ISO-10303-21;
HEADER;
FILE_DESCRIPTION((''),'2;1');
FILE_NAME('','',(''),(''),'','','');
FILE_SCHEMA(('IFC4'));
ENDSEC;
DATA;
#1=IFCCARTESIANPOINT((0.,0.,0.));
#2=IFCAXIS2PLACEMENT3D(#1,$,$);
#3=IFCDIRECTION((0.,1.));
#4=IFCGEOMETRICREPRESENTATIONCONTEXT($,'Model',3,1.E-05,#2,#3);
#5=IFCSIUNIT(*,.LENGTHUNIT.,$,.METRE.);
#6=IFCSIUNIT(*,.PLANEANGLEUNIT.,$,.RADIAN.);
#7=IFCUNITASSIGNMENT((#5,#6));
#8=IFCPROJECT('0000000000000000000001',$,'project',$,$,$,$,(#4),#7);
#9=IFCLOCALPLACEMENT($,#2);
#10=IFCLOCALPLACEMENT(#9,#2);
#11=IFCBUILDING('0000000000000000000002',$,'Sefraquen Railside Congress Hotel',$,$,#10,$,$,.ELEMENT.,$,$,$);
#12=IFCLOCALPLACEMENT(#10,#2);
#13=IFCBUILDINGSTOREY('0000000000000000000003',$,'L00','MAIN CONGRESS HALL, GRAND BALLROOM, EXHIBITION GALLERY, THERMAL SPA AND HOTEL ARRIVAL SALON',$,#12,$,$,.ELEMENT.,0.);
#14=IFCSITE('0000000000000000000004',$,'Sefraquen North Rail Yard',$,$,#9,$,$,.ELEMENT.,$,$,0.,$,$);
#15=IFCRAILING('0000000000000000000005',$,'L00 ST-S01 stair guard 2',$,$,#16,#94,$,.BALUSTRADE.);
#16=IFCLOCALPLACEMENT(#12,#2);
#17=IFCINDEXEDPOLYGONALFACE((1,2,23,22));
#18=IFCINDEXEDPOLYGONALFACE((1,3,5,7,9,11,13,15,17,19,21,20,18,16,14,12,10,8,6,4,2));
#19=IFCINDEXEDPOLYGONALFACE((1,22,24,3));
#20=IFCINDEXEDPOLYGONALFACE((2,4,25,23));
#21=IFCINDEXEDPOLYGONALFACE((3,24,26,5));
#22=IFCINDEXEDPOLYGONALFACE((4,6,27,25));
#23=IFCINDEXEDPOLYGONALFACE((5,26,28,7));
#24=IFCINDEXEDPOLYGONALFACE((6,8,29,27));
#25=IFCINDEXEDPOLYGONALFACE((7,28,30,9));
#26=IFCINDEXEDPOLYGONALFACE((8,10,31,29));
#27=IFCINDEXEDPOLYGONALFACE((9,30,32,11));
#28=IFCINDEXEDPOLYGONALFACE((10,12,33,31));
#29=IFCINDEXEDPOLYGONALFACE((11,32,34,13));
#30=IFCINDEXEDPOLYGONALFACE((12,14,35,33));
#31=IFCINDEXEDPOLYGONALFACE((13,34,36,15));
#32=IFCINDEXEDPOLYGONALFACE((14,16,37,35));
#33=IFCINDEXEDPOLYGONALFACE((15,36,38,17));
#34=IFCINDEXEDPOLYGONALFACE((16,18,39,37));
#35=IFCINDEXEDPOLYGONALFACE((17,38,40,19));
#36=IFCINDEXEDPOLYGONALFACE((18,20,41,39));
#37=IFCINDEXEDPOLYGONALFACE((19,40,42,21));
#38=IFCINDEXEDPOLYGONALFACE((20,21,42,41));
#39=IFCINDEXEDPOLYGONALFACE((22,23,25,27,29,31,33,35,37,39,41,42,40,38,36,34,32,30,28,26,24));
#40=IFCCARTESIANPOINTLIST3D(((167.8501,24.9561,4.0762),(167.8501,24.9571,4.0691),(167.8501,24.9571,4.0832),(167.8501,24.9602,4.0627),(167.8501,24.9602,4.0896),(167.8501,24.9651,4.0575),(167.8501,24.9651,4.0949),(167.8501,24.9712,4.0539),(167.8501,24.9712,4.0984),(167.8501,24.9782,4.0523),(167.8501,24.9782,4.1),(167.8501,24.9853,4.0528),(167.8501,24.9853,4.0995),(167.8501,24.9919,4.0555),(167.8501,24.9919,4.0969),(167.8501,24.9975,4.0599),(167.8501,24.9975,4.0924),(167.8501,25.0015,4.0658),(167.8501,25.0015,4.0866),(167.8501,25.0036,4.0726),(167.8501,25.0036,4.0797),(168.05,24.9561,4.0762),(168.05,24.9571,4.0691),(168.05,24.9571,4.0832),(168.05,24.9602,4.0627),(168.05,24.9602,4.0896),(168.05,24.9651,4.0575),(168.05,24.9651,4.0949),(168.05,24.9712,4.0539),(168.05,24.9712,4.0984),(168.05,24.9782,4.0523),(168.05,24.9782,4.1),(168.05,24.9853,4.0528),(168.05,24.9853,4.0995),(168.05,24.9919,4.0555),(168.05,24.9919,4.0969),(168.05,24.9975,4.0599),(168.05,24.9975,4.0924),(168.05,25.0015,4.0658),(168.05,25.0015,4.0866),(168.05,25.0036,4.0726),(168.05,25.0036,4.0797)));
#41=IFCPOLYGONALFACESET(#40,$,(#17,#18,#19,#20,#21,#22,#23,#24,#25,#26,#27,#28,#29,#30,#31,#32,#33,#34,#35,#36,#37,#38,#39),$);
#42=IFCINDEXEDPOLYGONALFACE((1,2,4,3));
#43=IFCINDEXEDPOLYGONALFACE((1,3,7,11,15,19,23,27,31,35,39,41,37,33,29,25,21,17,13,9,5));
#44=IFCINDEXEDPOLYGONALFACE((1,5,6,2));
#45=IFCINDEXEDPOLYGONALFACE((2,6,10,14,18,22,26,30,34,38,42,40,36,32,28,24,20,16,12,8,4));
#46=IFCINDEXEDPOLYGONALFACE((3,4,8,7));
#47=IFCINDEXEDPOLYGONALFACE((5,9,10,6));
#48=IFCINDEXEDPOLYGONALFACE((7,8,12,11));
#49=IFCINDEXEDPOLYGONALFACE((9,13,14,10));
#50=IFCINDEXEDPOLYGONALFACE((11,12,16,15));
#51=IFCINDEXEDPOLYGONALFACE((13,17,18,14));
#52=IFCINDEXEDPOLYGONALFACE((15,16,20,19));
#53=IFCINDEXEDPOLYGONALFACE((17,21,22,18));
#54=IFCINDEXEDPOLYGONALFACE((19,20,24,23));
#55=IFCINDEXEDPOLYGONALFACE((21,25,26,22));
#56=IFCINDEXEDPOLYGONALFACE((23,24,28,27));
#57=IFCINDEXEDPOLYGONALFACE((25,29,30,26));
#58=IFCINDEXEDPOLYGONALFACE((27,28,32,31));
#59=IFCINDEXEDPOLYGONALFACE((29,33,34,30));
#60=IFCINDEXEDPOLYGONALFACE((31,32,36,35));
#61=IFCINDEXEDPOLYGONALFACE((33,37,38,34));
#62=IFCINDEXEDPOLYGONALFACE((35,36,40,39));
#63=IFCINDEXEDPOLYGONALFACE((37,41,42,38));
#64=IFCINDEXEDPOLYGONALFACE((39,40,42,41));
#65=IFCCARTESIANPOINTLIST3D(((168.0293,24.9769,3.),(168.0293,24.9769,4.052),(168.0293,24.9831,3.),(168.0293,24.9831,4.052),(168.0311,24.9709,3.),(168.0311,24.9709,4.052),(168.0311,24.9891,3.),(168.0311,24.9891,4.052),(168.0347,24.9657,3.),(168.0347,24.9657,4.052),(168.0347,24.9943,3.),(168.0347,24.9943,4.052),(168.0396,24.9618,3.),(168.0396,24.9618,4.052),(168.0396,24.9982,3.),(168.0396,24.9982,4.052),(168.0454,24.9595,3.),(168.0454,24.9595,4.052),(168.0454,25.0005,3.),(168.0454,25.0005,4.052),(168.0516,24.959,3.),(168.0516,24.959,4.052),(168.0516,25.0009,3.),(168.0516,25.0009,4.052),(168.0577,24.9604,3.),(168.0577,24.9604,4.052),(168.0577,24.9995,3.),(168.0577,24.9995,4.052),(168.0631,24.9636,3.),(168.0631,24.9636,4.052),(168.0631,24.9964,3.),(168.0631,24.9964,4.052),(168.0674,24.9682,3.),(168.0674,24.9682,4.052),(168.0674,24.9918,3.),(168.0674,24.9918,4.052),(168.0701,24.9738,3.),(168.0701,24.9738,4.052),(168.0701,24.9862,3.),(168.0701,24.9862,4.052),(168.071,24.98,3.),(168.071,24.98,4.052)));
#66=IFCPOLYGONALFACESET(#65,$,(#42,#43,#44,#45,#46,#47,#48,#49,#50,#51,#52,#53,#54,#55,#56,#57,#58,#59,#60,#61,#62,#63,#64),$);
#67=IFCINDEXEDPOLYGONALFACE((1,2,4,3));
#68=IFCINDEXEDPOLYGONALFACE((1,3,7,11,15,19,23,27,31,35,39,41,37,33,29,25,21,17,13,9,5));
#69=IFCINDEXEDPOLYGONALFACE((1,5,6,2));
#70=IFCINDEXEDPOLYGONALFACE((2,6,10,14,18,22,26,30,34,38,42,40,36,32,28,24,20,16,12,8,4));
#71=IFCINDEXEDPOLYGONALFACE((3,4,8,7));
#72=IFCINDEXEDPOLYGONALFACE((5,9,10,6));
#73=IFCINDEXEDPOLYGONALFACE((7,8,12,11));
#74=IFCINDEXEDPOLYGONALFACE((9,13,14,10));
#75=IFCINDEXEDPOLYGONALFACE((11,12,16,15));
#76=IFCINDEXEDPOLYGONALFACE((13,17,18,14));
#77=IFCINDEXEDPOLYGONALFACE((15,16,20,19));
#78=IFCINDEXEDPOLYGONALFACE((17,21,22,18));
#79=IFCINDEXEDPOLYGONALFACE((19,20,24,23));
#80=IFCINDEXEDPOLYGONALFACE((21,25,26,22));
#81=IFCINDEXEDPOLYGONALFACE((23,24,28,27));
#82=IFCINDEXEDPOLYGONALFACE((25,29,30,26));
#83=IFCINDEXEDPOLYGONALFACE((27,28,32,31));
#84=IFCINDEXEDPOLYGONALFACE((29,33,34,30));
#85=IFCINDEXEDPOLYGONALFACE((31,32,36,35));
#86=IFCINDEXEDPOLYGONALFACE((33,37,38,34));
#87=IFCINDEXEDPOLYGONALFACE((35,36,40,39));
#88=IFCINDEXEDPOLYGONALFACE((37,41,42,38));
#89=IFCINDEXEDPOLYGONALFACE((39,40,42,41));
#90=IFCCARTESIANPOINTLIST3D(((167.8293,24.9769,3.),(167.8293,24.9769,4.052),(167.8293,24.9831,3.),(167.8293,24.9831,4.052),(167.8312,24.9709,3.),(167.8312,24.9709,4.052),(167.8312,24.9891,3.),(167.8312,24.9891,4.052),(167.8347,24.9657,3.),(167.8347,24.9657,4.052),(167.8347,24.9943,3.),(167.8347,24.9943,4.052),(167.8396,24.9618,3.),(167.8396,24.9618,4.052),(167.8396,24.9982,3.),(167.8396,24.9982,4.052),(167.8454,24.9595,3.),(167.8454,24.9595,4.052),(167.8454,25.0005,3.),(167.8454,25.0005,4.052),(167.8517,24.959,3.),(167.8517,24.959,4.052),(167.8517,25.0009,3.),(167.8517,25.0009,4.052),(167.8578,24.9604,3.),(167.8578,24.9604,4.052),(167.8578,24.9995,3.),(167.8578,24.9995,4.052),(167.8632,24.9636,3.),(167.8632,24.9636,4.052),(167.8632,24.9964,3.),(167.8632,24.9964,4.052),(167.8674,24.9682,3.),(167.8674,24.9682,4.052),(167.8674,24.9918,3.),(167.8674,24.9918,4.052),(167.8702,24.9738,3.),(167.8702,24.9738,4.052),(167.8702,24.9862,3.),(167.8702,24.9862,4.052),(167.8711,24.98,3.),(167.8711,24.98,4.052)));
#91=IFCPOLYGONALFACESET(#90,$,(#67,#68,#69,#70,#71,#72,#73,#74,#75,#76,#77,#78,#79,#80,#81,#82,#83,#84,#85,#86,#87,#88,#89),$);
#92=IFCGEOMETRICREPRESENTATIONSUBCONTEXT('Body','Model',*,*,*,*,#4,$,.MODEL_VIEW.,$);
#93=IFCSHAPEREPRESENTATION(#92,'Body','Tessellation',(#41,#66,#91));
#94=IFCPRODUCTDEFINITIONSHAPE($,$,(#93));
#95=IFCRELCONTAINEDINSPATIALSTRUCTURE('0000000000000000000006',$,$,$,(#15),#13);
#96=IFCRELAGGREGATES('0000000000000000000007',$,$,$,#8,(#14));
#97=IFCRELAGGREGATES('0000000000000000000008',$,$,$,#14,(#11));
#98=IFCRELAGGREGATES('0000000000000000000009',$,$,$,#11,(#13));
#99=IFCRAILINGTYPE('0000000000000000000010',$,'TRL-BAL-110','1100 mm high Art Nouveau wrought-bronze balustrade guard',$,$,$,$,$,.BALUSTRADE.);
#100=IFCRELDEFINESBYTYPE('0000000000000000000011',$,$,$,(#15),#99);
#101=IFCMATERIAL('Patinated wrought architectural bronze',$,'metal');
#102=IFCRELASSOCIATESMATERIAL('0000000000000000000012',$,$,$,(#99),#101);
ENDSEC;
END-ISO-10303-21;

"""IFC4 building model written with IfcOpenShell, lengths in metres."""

from ifc_helpers import new_model, si_unit, direction, frame, origin, origin_2d, place, context, subcontext, project, spatial, circle, extrude, material, type_object, element, save


model = new_model("IFC4")

# Units and contexts
model_context = context("Model", 3, precision=1e-05, world=origin(), true_north=direction((0.0, 1.0)))
body_context = subcontext(model_context, "Body", "Model", "MODEL_VIEW")
ifc_project = project(units=[si_unit("LENGTHUNIT", "METRE"), si_unit("PLANEANGLEUNIT", "RADIAN")], contexts=[model_context])

# Site, building, storey
site_placement = place(None, origin())
site = spatial("IfcSite", under=ifc_project, at=site_placement, Name="Sefraquen North Rail Yard", CompositionType="ELEMENT", RefElevation=0.0)
building_placement = place(site_placement, origin())
building = spatial("IfcBuilding", under=site, at=building_placement, Name="Sefraquen Railside Congress Hotel", CompositionType="ELEMENT")
storey_placement = place(building_placement, origin())
storey = spatial("IfcBuildingStorey", under=building, at=storey_placement, Name="L00", Description="MAIN CONGRESS HALL, GRAND BALLROOM, EXHIBITION GALLERY, THERMAL SPA AND HOTEL ARRIVAL SALON", CompositionType="ELEMENT", Elevation=0.0)

# Railing
ifc_material_1 = material(Name="Patinated wrought architectural bronze", Category="metal")
railing_type_1 = type_object("IfcRailingType", Name="TRL-BAL-110", Description="1100 mm high Art Nouveau wrought-bronze balustrade guard", PredefinedType="BALUSTRADE", material=ifc_material_1)
railing_1_placement = place(storey_placement, frame((168.05, 24.98, 3.0)))
element("IfcRailing", 1, at=railing_1_placement, inside=storey, type_object=railing_type_1, Name="L00 ST-S01 stair guard 2", PredefinedType="BALUSTRADE", context=body_context, shape_type="SweptSolid", body=[
    extrude(circle(Radius=0.0239, at=origin_2d()), frame((0.0, 0.0, 1.0762), z_axis=(-1.0, 0.0, 0.0), x_axis=(0.0, -1.0, 0.0)), (0.0, 0.0, 1.0), 0.2),
    extrude(circle(Radius=0.021, at=origin_2d()), origin(), (0.0, 0.0, 1.0), 1.052),
    extrude(circle(Radius=0.021, at=origin_2d()), frame((-0.2, 0.0, 0.0)), (0.0, 0.0, 1.0), 1.052),
])

save(model, "model.ifc")
